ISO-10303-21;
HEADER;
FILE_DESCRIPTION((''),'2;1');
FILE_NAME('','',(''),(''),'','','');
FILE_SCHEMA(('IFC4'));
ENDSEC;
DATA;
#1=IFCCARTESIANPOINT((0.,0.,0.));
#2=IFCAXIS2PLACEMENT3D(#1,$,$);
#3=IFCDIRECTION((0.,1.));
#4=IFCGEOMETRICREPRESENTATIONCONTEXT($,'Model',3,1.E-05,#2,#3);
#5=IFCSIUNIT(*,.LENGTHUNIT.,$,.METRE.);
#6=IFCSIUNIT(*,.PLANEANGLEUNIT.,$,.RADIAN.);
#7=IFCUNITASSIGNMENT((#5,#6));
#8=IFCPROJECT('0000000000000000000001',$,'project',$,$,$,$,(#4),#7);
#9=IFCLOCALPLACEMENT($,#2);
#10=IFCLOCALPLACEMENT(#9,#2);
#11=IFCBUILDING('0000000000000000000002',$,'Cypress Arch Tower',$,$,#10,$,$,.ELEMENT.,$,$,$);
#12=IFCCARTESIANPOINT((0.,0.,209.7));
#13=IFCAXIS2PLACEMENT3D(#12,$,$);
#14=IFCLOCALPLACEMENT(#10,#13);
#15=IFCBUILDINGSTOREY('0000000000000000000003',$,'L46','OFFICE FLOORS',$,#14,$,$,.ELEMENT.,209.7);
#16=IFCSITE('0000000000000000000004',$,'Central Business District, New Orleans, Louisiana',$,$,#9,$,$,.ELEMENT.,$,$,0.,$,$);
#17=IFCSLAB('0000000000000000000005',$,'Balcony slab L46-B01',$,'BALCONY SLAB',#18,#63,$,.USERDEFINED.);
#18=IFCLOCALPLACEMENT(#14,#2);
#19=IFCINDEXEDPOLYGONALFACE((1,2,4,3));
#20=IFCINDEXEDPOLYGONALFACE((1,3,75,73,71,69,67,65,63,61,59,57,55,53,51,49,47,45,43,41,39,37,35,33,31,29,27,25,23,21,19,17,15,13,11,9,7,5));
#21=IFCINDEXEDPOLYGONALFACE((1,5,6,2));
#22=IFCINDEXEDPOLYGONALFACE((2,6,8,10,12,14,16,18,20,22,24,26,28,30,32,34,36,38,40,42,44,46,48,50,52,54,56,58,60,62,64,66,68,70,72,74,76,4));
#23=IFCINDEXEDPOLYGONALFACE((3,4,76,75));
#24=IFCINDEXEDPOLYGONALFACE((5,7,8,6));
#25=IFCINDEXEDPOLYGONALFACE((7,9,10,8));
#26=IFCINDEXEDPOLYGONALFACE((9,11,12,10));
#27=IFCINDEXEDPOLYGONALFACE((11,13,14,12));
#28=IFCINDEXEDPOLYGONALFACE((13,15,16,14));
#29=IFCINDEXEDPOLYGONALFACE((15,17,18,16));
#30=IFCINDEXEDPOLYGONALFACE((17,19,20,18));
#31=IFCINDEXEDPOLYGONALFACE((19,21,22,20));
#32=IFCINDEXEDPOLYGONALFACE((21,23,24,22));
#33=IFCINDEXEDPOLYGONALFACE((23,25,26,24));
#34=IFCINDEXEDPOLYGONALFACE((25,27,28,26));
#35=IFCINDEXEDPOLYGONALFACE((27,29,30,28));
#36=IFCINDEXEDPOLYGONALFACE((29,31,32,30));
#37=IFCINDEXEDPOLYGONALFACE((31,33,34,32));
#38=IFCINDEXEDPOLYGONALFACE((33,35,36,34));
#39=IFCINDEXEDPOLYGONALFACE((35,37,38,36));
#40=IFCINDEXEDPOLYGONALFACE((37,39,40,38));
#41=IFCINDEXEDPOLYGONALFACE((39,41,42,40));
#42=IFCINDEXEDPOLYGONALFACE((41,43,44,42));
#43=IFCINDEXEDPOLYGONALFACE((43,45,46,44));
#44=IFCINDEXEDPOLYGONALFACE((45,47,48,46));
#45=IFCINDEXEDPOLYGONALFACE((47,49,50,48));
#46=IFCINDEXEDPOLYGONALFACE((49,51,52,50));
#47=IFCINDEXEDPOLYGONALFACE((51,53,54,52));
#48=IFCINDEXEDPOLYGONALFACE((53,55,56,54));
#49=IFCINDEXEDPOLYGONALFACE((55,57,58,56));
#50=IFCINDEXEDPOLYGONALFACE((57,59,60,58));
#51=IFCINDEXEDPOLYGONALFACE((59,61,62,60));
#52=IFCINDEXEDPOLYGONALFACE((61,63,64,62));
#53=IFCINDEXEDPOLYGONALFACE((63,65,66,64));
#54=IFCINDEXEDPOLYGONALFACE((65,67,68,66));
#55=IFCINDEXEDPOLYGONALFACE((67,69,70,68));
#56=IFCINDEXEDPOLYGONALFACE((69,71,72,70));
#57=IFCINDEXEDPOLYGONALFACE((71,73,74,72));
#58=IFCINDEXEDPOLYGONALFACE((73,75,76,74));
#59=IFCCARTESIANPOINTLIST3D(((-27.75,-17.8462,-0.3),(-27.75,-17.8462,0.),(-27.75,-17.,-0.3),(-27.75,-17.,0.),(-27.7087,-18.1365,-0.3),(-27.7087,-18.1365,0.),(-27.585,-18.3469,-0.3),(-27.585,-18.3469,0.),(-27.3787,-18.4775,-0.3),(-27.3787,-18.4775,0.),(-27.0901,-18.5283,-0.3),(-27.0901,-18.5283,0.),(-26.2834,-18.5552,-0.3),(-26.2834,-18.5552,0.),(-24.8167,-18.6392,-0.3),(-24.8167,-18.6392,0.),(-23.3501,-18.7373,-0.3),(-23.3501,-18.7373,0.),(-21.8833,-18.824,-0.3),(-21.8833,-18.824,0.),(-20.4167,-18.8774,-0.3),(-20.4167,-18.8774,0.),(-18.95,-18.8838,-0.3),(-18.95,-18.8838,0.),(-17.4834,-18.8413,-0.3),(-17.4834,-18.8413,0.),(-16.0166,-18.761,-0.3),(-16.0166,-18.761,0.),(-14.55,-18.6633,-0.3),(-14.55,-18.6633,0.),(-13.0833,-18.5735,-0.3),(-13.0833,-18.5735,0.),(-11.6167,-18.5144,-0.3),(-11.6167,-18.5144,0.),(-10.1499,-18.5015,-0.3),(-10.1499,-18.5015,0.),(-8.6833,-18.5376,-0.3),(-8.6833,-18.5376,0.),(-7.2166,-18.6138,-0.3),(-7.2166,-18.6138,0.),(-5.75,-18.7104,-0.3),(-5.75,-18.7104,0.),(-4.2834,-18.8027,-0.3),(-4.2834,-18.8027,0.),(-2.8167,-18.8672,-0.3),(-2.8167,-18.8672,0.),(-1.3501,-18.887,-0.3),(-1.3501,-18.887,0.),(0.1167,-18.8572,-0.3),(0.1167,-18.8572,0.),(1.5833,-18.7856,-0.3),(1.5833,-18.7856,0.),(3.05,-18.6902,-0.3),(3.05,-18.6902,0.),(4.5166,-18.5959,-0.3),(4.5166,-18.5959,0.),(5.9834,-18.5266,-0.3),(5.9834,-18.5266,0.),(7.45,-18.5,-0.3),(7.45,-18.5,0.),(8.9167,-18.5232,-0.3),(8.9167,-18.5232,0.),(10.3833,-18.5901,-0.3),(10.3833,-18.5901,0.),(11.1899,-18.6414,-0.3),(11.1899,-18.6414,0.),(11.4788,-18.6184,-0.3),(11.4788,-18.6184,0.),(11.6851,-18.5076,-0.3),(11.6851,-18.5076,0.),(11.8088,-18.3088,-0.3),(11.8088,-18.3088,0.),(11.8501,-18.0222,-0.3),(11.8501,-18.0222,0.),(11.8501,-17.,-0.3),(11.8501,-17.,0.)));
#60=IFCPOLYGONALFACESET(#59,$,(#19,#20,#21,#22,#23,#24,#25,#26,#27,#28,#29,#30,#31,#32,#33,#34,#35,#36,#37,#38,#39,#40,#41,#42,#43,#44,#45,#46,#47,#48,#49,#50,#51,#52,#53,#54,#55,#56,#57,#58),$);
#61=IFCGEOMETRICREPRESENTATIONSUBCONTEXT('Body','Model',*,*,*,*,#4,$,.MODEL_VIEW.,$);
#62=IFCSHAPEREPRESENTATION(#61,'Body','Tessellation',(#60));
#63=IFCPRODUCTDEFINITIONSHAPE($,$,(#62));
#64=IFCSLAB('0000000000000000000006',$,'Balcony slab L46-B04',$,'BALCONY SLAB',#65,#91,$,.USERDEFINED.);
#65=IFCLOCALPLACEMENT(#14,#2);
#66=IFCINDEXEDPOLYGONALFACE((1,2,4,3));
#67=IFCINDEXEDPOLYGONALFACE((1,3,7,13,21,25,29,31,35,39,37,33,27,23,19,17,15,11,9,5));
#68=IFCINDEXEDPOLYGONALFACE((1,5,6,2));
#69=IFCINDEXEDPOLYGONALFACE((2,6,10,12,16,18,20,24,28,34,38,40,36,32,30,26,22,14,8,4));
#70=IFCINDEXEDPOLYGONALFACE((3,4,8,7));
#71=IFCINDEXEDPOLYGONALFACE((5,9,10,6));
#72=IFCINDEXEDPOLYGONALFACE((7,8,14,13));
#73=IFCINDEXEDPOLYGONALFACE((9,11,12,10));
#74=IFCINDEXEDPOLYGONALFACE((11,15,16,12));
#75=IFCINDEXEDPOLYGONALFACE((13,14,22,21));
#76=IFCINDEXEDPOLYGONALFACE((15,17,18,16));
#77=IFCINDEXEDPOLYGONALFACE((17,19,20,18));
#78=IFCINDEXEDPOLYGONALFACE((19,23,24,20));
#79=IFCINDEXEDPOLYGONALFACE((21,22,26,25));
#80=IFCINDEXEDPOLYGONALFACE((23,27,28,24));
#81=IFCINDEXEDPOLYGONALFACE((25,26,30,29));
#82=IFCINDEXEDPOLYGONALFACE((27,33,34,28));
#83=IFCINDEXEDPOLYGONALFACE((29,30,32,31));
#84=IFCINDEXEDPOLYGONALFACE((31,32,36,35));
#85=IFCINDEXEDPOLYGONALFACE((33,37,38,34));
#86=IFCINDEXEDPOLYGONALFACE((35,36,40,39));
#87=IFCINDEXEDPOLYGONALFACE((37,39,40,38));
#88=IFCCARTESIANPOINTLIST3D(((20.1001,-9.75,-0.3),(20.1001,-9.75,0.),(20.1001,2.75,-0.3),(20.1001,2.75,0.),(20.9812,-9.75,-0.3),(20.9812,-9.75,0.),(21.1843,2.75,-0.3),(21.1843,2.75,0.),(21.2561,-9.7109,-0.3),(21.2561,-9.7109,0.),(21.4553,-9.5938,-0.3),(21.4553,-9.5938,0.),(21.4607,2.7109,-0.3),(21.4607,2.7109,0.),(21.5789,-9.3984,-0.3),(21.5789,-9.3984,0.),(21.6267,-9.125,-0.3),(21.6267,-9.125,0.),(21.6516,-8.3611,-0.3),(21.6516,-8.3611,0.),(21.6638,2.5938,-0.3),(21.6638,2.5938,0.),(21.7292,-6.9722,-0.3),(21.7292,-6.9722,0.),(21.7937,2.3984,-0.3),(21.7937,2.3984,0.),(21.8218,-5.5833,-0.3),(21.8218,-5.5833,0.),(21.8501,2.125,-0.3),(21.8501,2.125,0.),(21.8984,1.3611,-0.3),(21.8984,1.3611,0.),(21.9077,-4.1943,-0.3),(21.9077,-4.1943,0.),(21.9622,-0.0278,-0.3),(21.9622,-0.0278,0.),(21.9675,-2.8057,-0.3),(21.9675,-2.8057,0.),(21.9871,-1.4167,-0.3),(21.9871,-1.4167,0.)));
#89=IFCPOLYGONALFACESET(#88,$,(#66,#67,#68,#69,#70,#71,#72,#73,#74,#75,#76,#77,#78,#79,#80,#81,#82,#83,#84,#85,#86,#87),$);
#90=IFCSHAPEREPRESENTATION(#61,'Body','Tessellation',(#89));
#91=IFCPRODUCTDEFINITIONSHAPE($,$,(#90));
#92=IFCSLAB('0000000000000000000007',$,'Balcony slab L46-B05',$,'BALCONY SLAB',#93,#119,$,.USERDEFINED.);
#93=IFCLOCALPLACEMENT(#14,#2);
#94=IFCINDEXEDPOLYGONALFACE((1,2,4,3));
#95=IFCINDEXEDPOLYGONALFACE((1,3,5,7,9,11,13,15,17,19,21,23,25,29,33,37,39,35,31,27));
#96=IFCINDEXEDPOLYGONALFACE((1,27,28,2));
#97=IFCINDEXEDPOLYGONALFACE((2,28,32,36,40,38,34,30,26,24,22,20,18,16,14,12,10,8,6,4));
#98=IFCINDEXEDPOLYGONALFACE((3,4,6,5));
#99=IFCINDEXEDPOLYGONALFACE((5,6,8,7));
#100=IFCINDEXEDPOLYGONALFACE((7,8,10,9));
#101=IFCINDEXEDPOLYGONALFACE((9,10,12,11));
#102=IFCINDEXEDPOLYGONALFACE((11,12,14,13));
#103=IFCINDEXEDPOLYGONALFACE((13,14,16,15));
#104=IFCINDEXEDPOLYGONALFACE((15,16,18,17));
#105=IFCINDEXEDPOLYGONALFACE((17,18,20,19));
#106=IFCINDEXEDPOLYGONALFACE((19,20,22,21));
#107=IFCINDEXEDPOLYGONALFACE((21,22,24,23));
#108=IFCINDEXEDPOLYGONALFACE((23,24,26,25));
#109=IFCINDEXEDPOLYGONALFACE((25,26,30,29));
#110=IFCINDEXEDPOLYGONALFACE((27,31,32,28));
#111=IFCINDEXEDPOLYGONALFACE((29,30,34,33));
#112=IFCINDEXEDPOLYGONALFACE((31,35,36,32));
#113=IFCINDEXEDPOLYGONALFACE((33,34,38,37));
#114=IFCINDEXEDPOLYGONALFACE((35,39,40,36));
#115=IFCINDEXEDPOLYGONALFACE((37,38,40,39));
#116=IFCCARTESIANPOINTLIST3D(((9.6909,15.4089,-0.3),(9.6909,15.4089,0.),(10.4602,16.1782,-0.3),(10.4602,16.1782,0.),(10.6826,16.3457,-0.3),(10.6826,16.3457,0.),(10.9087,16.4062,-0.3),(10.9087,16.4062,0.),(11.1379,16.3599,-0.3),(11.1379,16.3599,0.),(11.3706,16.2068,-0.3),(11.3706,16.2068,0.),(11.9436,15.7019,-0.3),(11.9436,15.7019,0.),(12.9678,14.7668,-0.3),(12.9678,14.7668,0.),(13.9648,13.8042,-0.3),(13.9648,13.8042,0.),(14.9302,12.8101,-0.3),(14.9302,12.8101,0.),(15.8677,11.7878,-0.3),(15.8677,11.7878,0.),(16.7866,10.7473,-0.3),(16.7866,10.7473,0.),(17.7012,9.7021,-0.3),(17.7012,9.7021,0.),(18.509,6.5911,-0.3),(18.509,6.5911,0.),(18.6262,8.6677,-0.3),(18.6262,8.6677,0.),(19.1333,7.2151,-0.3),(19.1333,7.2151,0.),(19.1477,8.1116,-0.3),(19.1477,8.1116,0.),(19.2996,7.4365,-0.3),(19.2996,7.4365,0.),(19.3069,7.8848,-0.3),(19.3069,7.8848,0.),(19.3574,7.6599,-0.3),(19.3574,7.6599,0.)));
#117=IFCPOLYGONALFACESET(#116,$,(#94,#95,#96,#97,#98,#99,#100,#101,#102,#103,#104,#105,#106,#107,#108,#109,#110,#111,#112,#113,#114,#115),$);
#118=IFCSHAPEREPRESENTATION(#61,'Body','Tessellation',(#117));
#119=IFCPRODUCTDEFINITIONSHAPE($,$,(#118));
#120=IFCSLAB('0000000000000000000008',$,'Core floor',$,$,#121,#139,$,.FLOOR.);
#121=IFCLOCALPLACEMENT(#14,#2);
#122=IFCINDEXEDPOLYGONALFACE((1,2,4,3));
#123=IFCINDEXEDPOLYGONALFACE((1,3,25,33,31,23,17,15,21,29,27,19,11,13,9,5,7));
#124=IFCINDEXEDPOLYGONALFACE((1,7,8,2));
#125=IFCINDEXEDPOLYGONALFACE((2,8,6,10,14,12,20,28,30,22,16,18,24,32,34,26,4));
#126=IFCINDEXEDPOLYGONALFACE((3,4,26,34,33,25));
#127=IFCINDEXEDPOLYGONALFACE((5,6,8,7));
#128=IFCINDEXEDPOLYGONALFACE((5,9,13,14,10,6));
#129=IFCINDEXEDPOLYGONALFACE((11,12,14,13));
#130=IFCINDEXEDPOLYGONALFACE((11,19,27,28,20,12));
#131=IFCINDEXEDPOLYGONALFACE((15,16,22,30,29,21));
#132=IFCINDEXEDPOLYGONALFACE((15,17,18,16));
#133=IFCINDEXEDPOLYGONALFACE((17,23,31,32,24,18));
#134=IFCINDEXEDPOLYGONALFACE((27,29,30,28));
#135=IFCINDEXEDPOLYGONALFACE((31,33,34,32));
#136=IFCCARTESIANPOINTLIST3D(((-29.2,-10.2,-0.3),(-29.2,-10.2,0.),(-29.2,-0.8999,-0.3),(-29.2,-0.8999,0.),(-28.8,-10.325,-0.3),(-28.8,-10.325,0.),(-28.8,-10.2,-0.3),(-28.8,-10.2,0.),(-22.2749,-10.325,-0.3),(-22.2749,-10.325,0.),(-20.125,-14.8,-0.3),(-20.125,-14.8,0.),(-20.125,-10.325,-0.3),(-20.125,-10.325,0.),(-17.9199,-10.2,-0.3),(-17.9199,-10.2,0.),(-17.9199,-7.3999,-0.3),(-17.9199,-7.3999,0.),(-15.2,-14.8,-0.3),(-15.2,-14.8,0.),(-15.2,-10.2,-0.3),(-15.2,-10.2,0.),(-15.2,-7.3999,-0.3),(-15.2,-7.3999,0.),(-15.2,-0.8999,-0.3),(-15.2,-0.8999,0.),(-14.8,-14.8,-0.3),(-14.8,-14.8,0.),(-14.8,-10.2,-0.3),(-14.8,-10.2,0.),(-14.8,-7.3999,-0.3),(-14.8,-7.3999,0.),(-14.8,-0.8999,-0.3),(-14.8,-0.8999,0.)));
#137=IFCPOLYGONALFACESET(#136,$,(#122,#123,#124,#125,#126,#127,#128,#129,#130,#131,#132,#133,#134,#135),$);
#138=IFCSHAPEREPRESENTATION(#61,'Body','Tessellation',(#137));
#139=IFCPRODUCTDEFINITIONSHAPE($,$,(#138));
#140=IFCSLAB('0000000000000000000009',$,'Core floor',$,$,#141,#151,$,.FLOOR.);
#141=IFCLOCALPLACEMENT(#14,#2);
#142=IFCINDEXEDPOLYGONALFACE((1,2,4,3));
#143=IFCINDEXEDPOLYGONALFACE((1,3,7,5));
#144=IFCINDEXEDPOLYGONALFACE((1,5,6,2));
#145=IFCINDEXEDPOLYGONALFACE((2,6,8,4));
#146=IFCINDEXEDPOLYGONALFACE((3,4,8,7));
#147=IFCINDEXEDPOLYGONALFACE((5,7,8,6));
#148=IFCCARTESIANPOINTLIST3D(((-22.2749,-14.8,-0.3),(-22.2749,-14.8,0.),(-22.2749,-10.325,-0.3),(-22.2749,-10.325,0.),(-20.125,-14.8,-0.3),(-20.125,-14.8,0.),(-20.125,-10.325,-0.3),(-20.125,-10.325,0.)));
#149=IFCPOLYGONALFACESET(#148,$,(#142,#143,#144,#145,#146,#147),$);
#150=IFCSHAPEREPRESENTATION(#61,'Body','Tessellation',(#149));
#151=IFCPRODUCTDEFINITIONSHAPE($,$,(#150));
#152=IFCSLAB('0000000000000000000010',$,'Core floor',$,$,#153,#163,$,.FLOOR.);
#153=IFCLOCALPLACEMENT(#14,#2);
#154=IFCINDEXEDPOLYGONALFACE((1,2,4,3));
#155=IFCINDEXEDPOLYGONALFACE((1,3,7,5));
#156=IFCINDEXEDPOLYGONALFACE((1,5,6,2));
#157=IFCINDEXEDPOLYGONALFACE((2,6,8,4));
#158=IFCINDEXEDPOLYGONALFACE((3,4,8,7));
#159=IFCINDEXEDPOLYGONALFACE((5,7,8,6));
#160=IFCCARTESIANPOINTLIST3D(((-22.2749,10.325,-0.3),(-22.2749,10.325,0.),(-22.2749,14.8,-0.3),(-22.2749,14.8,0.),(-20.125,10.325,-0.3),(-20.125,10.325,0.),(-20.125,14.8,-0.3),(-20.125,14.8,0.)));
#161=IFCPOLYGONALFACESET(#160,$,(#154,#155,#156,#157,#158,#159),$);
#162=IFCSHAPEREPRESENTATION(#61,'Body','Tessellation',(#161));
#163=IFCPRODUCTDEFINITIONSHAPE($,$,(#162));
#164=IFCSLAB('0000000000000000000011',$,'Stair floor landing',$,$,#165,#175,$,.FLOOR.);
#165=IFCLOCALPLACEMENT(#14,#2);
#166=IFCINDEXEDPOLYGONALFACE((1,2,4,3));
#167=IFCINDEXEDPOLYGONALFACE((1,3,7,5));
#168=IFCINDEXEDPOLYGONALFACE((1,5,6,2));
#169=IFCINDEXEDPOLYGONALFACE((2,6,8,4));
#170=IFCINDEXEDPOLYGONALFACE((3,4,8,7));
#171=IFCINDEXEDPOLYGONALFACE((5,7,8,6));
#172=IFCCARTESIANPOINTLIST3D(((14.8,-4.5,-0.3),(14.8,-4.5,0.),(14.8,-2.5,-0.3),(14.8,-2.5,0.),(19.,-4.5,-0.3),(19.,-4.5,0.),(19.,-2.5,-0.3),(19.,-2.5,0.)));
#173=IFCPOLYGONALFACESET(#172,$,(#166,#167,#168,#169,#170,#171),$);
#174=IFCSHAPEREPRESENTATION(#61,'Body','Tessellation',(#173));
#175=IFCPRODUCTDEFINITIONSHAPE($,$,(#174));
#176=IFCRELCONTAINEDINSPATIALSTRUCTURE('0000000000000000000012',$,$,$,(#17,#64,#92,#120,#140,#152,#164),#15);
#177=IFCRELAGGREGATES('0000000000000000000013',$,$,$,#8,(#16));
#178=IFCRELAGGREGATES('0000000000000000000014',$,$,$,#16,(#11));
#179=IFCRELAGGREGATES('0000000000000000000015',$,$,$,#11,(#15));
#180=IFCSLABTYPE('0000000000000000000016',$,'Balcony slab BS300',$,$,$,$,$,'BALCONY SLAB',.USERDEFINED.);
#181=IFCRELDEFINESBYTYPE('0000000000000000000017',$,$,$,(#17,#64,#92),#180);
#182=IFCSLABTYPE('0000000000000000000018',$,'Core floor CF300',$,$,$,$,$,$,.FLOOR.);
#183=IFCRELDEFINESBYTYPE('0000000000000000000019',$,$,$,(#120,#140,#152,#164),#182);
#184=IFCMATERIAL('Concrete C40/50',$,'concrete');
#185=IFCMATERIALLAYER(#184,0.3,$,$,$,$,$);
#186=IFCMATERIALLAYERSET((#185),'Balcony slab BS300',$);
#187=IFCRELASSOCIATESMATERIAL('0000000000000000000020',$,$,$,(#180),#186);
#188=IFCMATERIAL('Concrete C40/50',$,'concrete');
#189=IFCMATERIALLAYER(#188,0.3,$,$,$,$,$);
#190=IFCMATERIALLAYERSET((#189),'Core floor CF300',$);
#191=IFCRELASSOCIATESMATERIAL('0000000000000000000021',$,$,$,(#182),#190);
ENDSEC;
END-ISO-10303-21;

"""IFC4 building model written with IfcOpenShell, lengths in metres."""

from ifc_helpers import new_model, si_unit, direction, frame, origin, place, context, subcontext, project, spatial, polyline, outline, extrude, material, layer, layer_set, type_object, element, save


model = new_model("IFC4")

# Units and contexts
model_context = context("Model", 3, precision=1e-05, world=origin(), true_north=direction((0.0, 1.0)))
body_context = subcontext(model_context, "Body", "Model", "MODEL_VIEW")
ifc_project = project(units=[si_unit("LENGTHUNIT", "METRE"), si_unit("PLANEANGLEUNIT", "RADIAN")], contexts=[model_context])

# Site, building, storey
site_placement = place(None, origin())
site = spatial("IfcSite", under=ifc_project, at=site_placement, Name="Central Business District, New Orleans, Louisiana", CompositionType="ELEMENT", RefElevation=0.0)
building_placement = place(site_placement, origin())
building = spatial("IfcBuilding", under=site, at=building_placement, Name="Cypress Arch Tower", CompositionType="ELEMENT")
storey_placement = place(building_placement, frame((0.0, 0.0, 209.7)))
storey = spatial("IfcBuildingStorey", under=building, at=storey_placement, Name="L46", Description="OFFICE FLOORS", CompositionType="ELEMENT", Elevation=209.7)

# Slabs
ifc_material_1 = material(Name="Concrete C40/50", Category="concrete")
ifc_layer_1 = layer(ifc_material_1, 0.3)
ifc_layer_set_1 = layer_set([ifc_layer_1], Name="Balcony slab BS300")
slab_type_1 = type_object("IfcSlabType", Name="Balcony slab BS300", ElementType="BALCONY SLAB", PredefinedType="USERDEFINED", material=ifc_layer_set_1)
slab_1_placement = place(storey_placement, frame((0.0, 0.0, -0.3)))
element("IfcSlab", 1, at=slab_1_placement, inside=storey, type_object=slab_type_1, Name="Balcony slab L46-B01", ObjectType="BALCONY SLAB", PredefinedType="USERDEFINED", context=body_context, shape_type="SweptSolid", body=[
    extrude(outline(polyline([(-27.75, -17.0), (-27.75, -17.8462), (-27.7087, -18.1365), (-27.585, -18.3469), (-27.3787, -18.4775), (-27.0901, -18.5283), (-26.2834, -18.5552), (-24.8167, -18.6392), (-23.3501, -18.7373), (-21.8833, -18.824), (-20.4167, -18.8774), (-18.95, -18.8838), (-17.4834, -18.8413), (-16.0166, -18.761), (-14.55, -18.6633), (-13.0833, -18.5735), (-11.6167, -18.5144), (-10.1499, -18.5015), (-8.6833, -18.5376), (-7.2166, -18.6138), (-5.75, -18.7104), (-4.2834, -18.8027), (-2.8167, -18.8672), (-1.3501, -18.887), (0.1167, -18.8572), (1.5833, -18.7856), (3.05, -18.6902), (4.5166, -18.5959), (5.9834, -18.5266), (7.45, -18.5), (8.9167, -18.5232), (10.3833, -18.5901), (11.1899, -18.6414), (11.4788, -18.6184), (11.6851, -18.5076), (11.8088, -18.3088), (11.8501, -18.0222), (11.8501, -17.0), (-27.75, -17.0)])), origin(), (0.0, 0.0, 1.0), 0.3),
])
slab_2_placement = place(storey_placement, frame((0.0, 0.0, -0.3)))
element("IfcSlab", 2, at=slab_2_placement, inside=storey, type_object=slab_type_1, Name="Balcony slab L46-B04", ObjectType="BALCONY SLAB", PredefinedType="USERDEFINED", context=body_context, shape_type="SweptSolid", body=[
    extrude(outline(polyline([(20.1001, -9.75), (20.9812, -9.75), (21.2561, -9.7109), (21.4553, -9.5938), (21.5789, -9.3984), (21.6267, -9.125), (21.6516, -8.3611), (21.7292, -6.9722), (21.8218, -5.5833), (21.9077, -4.1943), (21.9675, -2.8057), (21.9871, -1.4167), (21.9622, -0.0278), (21.8984, 1.3611), (21.8501, 2.125), (21.7937, 2.3984), (21.6638, 2.5938), (21.4607, 2.7109), (21.1843, 2.75), (20.1001, 2.75), (20.1001, -9.75)])), origin(), (0.0, 0.0, 1.0), 0.3),
])
slab_3_placement = place(storey_placement, frame((0.0, 0.0, -0.3)))
element("IfcSlab", 3, at=slab_3_placement, inside=storey, type_object=slab_type_1, Name="Balcony slab L46-B05", ObjectType="BALCONY SLAB", PredefinedType="USERDEFINED", context=body_context, shape_type="SweptSolid", body=[
    extrude(outline(polyline([(18.509, 6.5911), (19.1333, 7.2151), (19.2996, 7.4365), (19.3574, 7.6599), (19.3069, 7.8848), (19.1477, 8.1116), (18.6262, 8.6677), (17.7012, 9.7021), (16.7866, 10.7473), (15.8677, 11.7878), (14.9302, 12.8101), (13.9648, 13.8042), (12.9678, 14.7668), (11.9436, 15.7019), (11.3706, 16.2068), (11.1379, 16.3599), (10.9087, 16.4062), (10.6826, 16.3457), (10.4602, 16.1782), (9.6909, 15.4089), (18.509, 6.5911)])), origin(), (0.0, 0.0, 1.0), 0.3),
])
ifc_material_2 = material(Name="Concrete C40/50", Category="concrete")
ifc_layer_2 = layer(ifc_material_2, 0.3)
ifc_layer_set_2 = layer_set([ifc_layer_2], Name="Core floor CF300")
slab_type_2 = type_object("IfcSlabType", Name="Core floor CF300", PredefinedType="FLOOR", material=ifc_layer_set_2)
slab_4_placement = place(storey_placement, frame((0.0, 0.0, -0.3)))
element("IfcSlab", 4, at=slab_4_placement, inside=storey, type_object=slab_type_2, Name="Core floor", PredefinedType="FLOOR", context=body_context, shape_type="SweptSolid", body=[
    extrude(outline(polyline([(-28.8, -10.2), (-29.2, -10.2), (-29.2, -0.8999), (-15.2, -0.8999), (-14.8, -0.8999), (-14.8, -7.3999), (-15.2, -7.3999), (-17.9199, -7.3999), (-17.9199, -10.2), (-15.2, -10.2), (-14.8, -10.2), (-14.8, -14.8), (-15.2, -14.8), (-20.125, -14.8), (-20.125, -10.325), (-22.2749, -10.325), (-28.8, -10.325), (-28.8, -10.2)])), origin(), (0.0, 0.0, 1.0), 0.3),
])
slab_5_placement = place(storey_placement, frame((0.0, 0.0, -0.3)))
element("IfcSlab", 5, at=slab_5_placement, inside=storey, type_object=slab_type_2, Name="Core floor", PredefinedType="FLOOR", context=body_context, shape_type="SweptSolid", body=[
    extrude(outline(polyline([(-22.2749, -10.325), (-22.2749, -14.8), (-20.125, -14.8), (-20.125, -10.325), (-22.2749, -10.325)])), origin(), (0.0, 0.0, 1.0), 0.3),
])
slab_6_placement = place(storey_placement, frame((0.0, 0.0, -0.3)))
element("IfcSlab", 6, at=slab_6_placement, inside=storey, type_object=slab_type_2, Name="Core floor", PredefinedType="FLOOR", context=body_context, shape_type="SweptSolid", body=[
    extrude(outline(polyline([(-20.125, 14.8), (-22.2749, 14.8), (-22.2749, 10.325), (-20.125, 10.325), (-20.125, 14.8)])), origin(), (0.0, 0.0, 1.0), 0.3),
])
slab_7_placement = place(storey_placement, frame((0.0, 0.0, -0.3)))
element("IfcSlab", 7, at=slab_7_placement, inside=storey, type_object=slab_type_2, Name="Stair floor landing", PredefinedType="FLOOR", context=body_context, shape_type="SweptSolid", body=[
    extrude(outline(polyline([(19.0, -4.5), (19.0, -2.5), (14.8, -2.5), (14.8, -4.5), (19.0, -4.5)])), origin(), (0.0, 0.0, 1.0), 0.3),
])

save(model, "model.ifc")
